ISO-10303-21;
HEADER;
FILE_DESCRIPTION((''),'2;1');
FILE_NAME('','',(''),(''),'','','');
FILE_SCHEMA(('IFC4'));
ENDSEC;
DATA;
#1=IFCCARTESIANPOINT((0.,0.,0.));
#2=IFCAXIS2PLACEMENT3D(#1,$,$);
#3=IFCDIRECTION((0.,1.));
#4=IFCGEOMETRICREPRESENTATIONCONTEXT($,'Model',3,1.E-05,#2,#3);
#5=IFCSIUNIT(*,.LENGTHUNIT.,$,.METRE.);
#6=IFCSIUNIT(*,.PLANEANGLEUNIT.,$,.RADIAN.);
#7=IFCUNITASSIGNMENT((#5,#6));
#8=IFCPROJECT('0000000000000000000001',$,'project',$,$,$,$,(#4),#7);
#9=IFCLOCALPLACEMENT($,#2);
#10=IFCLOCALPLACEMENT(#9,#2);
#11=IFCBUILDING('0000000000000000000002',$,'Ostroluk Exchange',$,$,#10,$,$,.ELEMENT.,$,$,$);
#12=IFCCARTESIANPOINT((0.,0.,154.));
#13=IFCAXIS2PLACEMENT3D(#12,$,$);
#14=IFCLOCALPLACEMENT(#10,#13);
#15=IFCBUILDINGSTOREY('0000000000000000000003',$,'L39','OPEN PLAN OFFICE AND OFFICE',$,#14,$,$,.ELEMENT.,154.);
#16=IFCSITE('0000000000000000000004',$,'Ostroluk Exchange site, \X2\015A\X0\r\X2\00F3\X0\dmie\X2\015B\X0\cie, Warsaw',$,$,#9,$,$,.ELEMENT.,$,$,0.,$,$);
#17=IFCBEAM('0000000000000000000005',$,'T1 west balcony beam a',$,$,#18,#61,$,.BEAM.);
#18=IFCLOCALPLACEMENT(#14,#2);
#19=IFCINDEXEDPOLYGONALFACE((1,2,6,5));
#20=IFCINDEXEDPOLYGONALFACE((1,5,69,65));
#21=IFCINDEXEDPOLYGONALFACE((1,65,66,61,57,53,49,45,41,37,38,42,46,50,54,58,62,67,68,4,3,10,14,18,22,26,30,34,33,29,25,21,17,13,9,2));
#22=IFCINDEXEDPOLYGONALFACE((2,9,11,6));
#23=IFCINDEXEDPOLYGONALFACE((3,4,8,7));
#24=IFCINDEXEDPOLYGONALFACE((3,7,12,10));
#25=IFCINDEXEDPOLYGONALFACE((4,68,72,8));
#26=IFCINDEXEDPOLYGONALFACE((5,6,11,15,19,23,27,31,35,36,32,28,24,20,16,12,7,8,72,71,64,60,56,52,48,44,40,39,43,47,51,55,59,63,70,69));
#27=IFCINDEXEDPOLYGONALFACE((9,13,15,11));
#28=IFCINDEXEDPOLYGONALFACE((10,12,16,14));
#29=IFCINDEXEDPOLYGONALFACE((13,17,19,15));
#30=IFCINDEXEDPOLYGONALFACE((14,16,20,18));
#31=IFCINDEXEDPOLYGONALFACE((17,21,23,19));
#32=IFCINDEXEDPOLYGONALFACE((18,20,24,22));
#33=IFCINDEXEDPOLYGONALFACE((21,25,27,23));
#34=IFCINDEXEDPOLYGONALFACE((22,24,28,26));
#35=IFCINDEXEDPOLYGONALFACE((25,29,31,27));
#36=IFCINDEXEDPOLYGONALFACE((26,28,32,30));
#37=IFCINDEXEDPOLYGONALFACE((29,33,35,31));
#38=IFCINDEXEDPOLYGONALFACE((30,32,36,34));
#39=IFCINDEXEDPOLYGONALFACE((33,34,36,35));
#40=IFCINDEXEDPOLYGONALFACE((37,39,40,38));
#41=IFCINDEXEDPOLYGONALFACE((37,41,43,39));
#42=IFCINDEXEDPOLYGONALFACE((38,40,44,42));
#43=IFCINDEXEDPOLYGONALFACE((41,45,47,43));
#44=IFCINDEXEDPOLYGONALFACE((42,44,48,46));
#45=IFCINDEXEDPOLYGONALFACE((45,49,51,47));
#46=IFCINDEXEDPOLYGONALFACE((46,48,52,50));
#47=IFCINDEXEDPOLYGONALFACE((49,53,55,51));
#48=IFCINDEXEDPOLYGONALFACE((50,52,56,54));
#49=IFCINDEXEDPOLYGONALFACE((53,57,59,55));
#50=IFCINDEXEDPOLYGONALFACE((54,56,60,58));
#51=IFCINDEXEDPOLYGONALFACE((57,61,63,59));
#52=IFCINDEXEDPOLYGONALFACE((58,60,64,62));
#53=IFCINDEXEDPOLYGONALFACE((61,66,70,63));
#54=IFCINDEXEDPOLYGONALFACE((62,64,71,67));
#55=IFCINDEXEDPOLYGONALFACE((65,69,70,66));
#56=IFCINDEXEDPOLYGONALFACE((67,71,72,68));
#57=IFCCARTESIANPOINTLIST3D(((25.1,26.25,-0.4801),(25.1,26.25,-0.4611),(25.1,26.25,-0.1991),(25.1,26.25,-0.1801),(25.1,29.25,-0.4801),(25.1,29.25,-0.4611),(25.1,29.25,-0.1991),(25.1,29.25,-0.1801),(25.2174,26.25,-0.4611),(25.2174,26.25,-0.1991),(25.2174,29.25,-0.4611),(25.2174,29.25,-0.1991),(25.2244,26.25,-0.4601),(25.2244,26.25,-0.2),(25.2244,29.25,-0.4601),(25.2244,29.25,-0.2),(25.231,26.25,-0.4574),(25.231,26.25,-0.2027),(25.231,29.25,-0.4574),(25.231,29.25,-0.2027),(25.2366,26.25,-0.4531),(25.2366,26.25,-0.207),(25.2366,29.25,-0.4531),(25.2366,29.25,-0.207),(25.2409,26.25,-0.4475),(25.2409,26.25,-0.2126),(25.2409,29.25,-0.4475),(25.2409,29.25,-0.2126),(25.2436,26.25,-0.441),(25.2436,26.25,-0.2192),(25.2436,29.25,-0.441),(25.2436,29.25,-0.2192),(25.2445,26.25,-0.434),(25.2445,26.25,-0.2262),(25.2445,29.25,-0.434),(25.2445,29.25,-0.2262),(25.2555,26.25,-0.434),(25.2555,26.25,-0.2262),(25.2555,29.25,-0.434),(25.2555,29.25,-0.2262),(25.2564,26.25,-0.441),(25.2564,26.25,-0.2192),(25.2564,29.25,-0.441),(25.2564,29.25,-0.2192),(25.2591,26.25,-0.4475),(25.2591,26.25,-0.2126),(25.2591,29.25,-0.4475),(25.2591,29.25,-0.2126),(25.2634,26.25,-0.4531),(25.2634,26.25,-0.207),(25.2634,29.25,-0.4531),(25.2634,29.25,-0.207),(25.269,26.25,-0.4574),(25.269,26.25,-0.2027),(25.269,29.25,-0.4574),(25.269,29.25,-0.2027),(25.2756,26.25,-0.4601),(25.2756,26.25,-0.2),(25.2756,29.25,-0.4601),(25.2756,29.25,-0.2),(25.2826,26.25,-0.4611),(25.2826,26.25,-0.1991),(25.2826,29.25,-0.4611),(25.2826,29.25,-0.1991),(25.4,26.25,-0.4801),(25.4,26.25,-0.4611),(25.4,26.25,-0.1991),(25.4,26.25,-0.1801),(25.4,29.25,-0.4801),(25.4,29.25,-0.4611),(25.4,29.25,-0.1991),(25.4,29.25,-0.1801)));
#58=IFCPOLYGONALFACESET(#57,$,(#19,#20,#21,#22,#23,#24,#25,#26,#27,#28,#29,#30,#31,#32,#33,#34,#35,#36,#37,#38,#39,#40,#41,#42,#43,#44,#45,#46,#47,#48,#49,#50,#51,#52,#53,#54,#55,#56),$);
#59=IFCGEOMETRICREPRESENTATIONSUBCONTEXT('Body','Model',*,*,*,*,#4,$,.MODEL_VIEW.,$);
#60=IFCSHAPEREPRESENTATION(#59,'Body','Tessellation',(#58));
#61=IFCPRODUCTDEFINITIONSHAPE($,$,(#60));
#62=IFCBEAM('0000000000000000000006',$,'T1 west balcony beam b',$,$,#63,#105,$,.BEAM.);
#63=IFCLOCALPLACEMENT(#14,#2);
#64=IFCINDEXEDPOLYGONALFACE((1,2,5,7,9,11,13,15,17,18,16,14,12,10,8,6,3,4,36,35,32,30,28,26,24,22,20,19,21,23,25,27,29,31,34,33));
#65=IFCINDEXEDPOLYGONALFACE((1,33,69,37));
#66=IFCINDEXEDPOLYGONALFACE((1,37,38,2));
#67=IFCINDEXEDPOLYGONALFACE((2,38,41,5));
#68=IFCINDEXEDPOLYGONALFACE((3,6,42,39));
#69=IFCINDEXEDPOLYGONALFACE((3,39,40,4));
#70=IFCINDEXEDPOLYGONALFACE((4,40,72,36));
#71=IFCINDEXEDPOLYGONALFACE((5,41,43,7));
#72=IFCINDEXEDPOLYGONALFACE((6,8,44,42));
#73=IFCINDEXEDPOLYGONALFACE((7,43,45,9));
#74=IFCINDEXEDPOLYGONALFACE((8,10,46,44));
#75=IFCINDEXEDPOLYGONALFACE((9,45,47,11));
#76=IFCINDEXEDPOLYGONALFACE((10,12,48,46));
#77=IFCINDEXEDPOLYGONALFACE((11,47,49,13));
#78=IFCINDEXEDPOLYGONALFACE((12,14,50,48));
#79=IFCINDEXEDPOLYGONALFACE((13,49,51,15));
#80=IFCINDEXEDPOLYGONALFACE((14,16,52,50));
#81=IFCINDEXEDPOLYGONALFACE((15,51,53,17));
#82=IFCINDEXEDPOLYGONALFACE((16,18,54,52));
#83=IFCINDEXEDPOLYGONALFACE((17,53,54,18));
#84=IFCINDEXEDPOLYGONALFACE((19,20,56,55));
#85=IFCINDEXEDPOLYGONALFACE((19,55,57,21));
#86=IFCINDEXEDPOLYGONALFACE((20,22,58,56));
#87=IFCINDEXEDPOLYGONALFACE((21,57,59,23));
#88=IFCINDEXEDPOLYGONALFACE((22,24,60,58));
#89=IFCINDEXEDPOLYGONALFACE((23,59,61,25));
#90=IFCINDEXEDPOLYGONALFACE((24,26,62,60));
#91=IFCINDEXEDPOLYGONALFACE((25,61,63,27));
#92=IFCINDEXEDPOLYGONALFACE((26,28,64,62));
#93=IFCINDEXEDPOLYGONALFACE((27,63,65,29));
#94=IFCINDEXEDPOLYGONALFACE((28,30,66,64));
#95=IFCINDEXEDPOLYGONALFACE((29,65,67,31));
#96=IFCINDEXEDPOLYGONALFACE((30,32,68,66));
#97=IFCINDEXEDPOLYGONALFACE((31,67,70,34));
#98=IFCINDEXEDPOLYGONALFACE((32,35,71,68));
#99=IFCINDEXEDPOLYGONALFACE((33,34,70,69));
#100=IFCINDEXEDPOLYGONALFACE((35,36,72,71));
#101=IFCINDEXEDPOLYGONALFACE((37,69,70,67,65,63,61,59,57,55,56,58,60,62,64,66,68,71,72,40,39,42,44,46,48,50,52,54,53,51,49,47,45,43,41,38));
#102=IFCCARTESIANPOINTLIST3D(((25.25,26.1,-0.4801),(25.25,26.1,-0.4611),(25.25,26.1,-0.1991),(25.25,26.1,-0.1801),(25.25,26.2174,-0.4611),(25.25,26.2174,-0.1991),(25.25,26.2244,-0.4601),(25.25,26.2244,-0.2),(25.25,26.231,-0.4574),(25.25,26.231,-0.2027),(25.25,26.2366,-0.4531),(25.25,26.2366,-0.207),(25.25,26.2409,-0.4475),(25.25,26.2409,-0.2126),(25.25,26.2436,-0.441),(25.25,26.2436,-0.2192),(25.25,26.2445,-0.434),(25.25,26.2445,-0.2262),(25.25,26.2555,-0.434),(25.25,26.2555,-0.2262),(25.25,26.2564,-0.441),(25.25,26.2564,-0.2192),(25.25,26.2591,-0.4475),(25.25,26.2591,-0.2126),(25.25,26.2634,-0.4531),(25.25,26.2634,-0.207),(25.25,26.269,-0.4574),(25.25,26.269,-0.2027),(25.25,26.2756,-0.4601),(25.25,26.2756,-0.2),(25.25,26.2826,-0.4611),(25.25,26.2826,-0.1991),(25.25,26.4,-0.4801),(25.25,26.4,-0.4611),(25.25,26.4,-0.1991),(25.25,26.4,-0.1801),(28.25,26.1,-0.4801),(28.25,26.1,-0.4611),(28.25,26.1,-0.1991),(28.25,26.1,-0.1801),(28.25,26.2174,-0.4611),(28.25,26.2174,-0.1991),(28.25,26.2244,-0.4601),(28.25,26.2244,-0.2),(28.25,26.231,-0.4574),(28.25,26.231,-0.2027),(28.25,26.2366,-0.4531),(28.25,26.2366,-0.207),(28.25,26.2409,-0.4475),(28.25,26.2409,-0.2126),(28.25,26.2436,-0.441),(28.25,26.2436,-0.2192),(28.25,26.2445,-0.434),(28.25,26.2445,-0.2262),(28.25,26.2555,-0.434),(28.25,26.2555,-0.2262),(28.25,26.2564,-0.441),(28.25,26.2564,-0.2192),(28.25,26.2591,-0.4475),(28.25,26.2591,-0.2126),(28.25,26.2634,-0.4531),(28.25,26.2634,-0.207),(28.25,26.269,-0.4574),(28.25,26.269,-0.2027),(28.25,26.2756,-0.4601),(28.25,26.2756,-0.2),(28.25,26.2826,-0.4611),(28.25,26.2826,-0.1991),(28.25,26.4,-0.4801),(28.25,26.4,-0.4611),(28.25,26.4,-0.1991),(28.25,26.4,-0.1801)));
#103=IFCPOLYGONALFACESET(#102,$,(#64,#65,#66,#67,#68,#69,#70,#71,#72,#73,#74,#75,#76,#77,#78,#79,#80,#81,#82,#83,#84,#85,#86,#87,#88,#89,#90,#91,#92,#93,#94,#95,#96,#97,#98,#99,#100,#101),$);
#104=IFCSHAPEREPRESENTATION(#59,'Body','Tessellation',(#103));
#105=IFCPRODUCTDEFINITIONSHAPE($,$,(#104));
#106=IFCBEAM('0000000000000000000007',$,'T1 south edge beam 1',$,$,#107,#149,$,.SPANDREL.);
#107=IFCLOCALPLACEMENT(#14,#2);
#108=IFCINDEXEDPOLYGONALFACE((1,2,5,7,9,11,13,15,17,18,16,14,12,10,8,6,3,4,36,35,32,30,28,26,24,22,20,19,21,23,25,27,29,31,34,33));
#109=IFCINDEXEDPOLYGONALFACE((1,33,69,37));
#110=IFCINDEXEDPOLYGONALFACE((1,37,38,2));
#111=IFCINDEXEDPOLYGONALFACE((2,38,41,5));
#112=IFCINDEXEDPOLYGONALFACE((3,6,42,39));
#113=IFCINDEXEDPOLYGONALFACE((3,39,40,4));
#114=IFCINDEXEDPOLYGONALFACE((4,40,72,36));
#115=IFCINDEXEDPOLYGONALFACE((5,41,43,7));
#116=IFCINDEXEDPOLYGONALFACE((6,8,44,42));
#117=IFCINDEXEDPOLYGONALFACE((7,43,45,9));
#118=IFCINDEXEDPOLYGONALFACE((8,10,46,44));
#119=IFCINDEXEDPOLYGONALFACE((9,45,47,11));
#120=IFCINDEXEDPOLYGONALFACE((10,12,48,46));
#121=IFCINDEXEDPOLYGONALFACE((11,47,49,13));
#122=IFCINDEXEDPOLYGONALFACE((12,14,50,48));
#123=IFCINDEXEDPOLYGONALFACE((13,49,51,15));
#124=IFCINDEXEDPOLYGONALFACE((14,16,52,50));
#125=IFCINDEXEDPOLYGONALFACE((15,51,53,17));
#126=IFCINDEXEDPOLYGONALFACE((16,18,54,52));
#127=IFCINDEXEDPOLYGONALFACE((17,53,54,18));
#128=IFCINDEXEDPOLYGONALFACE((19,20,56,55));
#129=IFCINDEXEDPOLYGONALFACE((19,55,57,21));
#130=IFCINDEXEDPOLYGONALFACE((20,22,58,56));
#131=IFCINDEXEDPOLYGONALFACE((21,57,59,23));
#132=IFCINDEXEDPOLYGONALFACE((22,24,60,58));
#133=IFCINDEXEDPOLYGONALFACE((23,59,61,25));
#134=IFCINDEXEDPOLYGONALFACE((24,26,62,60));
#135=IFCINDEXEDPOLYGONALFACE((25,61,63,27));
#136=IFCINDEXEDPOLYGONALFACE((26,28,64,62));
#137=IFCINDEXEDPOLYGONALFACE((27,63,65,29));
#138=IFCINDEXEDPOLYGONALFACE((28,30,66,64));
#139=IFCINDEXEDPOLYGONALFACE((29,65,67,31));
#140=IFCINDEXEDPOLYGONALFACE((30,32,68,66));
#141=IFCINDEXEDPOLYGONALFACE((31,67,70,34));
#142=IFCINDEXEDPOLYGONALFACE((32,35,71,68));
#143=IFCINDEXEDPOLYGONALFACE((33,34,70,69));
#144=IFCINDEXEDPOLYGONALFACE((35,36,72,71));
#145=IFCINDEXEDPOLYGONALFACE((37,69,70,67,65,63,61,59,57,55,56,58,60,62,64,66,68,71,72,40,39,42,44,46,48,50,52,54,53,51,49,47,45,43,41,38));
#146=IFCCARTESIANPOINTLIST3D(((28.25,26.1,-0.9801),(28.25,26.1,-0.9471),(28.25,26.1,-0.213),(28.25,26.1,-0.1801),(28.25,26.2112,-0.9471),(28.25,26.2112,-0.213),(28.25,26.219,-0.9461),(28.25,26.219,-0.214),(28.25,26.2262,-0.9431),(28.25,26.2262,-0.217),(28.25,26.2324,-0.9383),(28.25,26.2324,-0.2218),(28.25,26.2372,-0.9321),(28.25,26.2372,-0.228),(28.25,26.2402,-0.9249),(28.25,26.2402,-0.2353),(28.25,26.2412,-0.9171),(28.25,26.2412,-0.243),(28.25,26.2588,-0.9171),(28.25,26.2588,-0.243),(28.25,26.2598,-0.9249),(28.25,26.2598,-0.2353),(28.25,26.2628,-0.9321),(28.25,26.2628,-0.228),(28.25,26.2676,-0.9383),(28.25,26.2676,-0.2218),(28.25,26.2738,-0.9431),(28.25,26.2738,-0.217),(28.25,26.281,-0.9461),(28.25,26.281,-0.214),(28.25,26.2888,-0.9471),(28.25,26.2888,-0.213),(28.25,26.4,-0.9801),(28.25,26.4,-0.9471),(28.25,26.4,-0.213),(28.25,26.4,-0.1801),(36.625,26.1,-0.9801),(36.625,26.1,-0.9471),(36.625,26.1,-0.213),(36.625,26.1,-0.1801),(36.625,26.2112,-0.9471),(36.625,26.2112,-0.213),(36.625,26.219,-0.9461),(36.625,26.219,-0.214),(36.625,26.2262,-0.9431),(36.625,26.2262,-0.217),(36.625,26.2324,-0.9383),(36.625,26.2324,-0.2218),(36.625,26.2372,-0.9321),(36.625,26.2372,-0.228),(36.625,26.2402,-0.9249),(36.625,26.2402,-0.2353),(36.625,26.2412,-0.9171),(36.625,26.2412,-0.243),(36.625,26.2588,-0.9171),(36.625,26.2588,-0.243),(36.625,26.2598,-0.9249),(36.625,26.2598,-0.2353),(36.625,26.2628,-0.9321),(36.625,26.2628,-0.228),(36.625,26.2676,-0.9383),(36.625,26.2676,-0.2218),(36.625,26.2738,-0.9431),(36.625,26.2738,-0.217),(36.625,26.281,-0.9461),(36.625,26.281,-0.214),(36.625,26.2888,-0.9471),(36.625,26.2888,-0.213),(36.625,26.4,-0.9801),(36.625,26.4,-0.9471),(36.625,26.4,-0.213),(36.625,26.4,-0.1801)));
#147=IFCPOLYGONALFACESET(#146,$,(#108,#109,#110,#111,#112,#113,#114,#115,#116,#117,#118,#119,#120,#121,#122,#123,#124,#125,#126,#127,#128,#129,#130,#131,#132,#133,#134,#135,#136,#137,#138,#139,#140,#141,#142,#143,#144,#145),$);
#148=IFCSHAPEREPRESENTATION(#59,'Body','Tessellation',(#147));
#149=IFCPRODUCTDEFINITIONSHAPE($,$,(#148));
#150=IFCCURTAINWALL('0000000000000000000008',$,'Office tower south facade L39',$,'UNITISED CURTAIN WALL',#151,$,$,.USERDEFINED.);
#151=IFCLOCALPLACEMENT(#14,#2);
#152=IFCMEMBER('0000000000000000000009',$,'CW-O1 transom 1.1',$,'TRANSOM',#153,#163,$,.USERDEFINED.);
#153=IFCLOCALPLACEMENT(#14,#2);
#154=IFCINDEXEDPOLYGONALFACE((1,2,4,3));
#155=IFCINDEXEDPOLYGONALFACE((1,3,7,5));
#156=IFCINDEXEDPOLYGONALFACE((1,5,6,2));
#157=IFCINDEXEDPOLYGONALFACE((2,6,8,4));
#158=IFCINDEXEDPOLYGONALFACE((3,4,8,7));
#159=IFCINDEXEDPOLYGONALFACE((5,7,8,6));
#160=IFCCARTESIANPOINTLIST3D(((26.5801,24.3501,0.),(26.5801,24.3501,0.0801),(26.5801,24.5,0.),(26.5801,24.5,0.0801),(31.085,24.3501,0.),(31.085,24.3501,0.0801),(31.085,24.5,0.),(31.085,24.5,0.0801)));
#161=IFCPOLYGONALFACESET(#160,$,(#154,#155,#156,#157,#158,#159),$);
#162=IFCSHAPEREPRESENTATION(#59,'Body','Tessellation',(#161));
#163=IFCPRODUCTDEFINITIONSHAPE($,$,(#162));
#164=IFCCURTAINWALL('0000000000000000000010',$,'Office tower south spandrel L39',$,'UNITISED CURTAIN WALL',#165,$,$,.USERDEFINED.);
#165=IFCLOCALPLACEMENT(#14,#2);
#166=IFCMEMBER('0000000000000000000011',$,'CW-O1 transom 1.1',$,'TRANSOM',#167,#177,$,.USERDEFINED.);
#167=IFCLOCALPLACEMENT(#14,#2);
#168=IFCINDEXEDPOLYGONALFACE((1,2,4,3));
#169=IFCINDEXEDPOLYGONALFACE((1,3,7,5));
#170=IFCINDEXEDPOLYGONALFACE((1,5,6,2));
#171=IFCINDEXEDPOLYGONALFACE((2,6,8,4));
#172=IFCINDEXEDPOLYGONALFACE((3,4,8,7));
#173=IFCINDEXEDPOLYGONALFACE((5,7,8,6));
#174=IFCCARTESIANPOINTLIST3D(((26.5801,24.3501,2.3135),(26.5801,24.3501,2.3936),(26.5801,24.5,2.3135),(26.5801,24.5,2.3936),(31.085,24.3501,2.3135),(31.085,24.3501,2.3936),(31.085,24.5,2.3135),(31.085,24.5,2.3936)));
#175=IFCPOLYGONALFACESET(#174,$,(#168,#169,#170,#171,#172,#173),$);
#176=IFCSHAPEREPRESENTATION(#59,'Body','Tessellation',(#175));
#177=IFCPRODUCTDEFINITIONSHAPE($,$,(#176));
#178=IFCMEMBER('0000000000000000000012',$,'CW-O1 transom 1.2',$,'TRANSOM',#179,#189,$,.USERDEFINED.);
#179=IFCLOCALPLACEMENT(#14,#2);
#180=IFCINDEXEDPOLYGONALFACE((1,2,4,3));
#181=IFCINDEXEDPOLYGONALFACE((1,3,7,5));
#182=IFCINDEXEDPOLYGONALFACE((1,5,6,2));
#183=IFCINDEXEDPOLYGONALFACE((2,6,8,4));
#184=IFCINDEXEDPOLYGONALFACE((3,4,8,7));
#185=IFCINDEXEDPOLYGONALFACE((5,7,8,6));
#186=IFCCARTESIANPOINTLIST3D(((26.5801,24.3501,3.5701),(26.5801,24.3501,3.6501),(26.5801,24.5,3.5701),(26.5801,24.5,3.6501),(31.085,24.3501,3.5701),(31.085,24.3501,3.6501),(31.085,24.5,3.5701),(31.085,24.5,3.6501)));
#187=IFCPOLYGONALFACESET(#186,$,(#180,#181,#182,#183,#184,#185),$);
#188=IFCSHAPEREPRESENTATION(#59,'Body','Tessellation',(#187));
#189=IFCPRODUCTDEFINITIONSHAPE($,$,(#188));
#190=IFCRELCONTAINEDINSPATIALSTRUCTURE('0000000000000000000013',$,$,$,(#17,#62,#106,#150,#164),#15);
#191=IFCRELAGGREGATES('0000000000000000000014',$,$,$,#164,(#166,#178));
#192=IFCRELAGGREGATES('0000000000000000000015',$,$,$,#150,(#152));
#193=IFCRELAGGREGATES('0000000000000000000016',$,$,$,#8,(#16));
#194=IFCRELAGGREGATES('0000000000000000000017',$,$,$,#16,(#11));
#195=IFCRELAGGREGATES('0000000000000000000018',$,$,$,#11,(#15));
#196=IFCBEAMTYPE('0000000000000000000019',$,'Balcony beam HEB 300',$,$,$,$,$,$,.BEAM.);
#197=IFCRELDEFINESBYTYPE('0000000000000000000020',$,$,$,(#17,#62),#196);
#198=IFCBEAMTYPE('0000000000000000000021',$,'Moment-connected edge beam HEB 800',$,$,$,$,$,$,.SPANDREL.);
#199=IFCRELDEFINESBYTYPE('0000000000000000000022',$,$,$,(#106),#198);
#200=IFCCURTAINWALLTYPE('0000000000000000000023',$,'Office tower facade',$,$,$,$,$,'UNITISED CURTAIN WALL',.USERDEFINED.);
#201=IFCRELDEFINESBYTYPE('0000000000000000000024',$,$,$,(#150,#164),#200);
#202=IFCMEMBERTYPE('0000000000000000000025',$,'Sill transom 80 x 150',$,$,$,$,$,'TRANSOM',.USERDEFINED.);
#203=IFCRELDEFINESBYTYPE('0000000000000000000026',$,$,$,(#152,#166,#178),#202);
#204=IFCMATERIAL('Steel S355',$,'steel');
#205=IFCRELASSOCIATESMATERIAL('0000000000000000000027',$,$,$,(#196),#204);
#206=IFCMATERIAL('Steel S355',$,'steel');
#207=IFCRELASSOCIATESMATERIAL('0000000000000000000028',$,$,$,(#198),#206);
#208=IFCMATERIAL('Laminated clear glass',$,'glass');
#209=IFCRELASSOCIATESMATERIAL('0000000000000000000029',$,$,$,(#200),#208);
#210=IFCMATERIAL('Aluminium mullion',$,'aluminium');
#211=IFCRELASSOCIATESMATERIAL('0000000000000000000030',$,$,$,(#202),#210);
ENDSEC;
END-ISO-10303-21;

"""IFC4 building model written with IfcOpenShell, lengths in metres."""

from ifc_helpers import new_model, si_unit, direction, frame, origin, origin_2d, place, context, subcontext, project, spatial, rectangle, i_section, extrude, material, material_profile, profile_set, type_object, element, aggregate, save


model = new_model("IFC4")

# Units and contexts
model_context = context("Model", 3, precision=1e-05, world=origin(), true_north=direction((0.0, 1.0)))
body_context = subcontext(model_context, "Body", "Model", "MODEL_VIEW")
ifc_project = project(units=[si_unit("LENGTHUNIT", "METRE"), si_unit("PLANEANGLEUNIT", "RADIAN")], contexts=[model_context])

# Site, building, storey
site_placement = place(None, origin())
site = spatial("IfcSite", under=ifc_project, at=site_placement, Name="Ostroluk Exchange site, Śródmieście, Warsaw", CompositionType="ELEMENT", RefElevation=0.0)
building_placement = place(site_placement, origin())
building = spatial("IfcBuilding", under=site, at=building_placement, Name="Ostroluk Exchange", CompositionType="ELEMENT")
storey_placement = place(building_placement, frame((0.0, 0.0, 154.0)))
storey = spatial("IfcBuildingStorey", under=building, at=storey_placement, Name="L39", Description="OPEN PLAN OFFICE AND OFFICE", CompositionType="ELEMENT", Elevation=154.0)

# Beams
ifc_material_1 = material(Name="Steel S355", Category="steel")
ifc_material_profile_1 = material_profile(ifc_material_1, i_section(OverallWidth=0.3, OverallDepth=0.3, WebThickness=0.011, FlangeThickness=0.019, FilletRadius=0.0271, at=origin_2d()), Name="HEB 300")
ifc_profile_set_1 = profile_set([ifc_material_profile_1], Name="Steel S355")
beam_type_1 = type_object("IfcBeamType", Name="Balcony beam HEB 300", PredefinedType="BEAM", material=ifc_profile_set_1)
for number, where, z_axis, x_axis, name in (
    (1, (25.25, 29.25, -0.3301), (0.0, -1.0, 0.0), (1.0, 0.0, 0.0), "T1 west balcony beam a"),
    (2, (28.25, 26.25, -0.3301), (-1.0, 0.0, 0.0), (0.0, -1.0, 0.0), "T1 west balcony beam b"),
):
    element("IfcBeam", number, at=place(storey_placement, frame(where, z_axis=z_axis, x_axis=x_axis)), inside=storey, type_object=beam_type_1, Name=name, PredefinedType="BEAM", context=body_context, shape_type="SweptSolid", body=[
        extrude(i_section(OverallWidth=0.3, OverallDepth=0.3, WebThickness=0.011, FlangeThickness=0.019, FilletRadius=0.0271, at=origin_2d()), origin(), (0.0, 0.0, 1.0), 3.0),
    ])
ifc_material_2 = material(Name="Steel S355", Category="steel")
ifc_material_profile_2 = material_profile(ifc_material_2, i_section(OverallWidth=0.3, OverallDepth=0.8, WebThickness=0.0176, FlangeThickness=0.033, FilletRadius=0.03, at=origin_2d()), Name="HEB 800")
ifc_profile_set_2 = profile_set([ifc_material_profile_2], Name="Steel S355")
beam_type_2 = type_object("IfcBeamType", Name="Moment-connected edge beam HEB 800", PredefinedType="SPANDREL", material=ifc_profile_set_2)
beam_placement = place(storey_placement, frame((28.25, 26.25, -0.5801), z_axis=(1.0, 0.0, 0.0), x_axis=(0.0, 1.0, 0.0)))
element("IfcBeam", 3, at=beam_placement, inside=storey, type_object=beam_type_2, Name="T1 south edge beam 1", PredefinedType="SPANDREL", context=body_context, shape_type="SweptSolid", body=[
    extrude(i_section(OverallWidth=0.3, OverallDepth=0.8, WebThickness=0.0176, FlangeThickness=0.033, FilletRadius=0.03, at=origin_2d()), origin(), (0.0, 0.0, 1.0), 8.375),
])

# Curtain wall, member
ifc_material_3 = material(Name="Laminated clear glass", Category="glass")
curtain_wall_type = type_object("IfcCurtainWallType", Name="Office tower facade", ElementType="UNITISED CURTAIN WALL", PredefinedType="USERDEFINED", material=ifc_material_3)
curtain_wall_1_placement = place(storey_placement, origin())
curtain_wall_1 = element("IfcCurtainWall", 4, at=curtain_wall_1_placement, inside=storey, type_object=curtain_wall_type, Name="Office tower south facade L39", ObjectType="UNITISED CURTAIN WALL", PredefinedType="USERDEFINED")
ifc_material_4 = material(Name="Aluminium mullion", Category="aluminium")
ifc_material_profile_3 = material_profile(ifc_material_4, rectangle(XDim=0.1499, YDim=0.0801, at=origin_2d()), Name="Sill transom 80 x 150")
ifc_profile_set_3 = profile_set([ifc_material_profile_3], Name="Aluminium mullion")
member_type_1 = type_object("IfcMemberType", Name="Sill transom 80 x 150", ElementType="TRANSOM", PredefinedType="USERDEFINED", material=ifc_profile_set_3)
member_1_placement = place(storey_placement, frame((26.5801, 24.425, 0.04), z_axis=(1.0, 0.0, 0.0), x_axis=(0.0, 1.0, 0.0)))
member_1 = element("IfcMember", 5, at=member_1_placement, type_object=member_type_1, Name="CW-O1 transom 1.1", ObjectType="TRANSOM", PredefinedType="USERDEFINED", context=body_context, shape_type="SweptSolid", body=[
    extrude(rectangle(XDim=0.1499, YDim=0.0801, at=origin_2d()), origin(), (0.0, 0.0, 1.0), 4.5049),
])

# Curtain wall, members
curtain_wall_2_placement = place(storey_placement, origin())
curtain_wall_2 = element("IfcCurtainWall", 6, at=curtain_wall_2_placement, inside=storey, type_object=curtain_wall_type, Name="Office tower south spandrel L39", ObjectType="UNITISED CURTAIN WALL", PredefinedType="USERDEFINED")
member_2_placement = place(storey_placement, frame((26.5801, 24.425, 2.3535), z_axis=(1.0, 0.0, 0.0), x_axis=(0.0, 1.0, 0.0)))
member_2 = element("IfcMember", 7, at=member_2_placement, type_object=member_type_1, Name="CW-O1 transom 1.1", ObjectType="TRANSOM", PredefinedType="USERDEFINED", context=body_context, shape_type="SweptSolid", body=[
    extrude(rectangle(XDim=0.1499, YDim=0.0801, at=origin_2d()), origin(), (0.0, 0.0, 1.0), 4.5049),
])
member_3_placement = place(storey_placement, frame((26.5801, 24.425, 3.6101), z_axis=(1.0, 0.0, 0.0), x_axis=(0.0, 1.0, 0.0)))
member_3 = element("IfcMember", 8, at=member_3_placement, type_object=member_type_1, Name="CW-O1 transom 1.2", ObjectType="TRANSOM", PredefinedType="USERDEFINED", context=body_context, shape_type="SweptSolid", body=[
    extrude(rectangle(XDim=0.1499, YDim=0.0801, at=origin_2d()), origin(), (0.0, 0.0, 1.0), 4.5049),
])

aggregate(curtain_wall_2, [member_2, member_3])

aggregate(curtain_wall_1, [member_1])

save(model, "model.ifc")
